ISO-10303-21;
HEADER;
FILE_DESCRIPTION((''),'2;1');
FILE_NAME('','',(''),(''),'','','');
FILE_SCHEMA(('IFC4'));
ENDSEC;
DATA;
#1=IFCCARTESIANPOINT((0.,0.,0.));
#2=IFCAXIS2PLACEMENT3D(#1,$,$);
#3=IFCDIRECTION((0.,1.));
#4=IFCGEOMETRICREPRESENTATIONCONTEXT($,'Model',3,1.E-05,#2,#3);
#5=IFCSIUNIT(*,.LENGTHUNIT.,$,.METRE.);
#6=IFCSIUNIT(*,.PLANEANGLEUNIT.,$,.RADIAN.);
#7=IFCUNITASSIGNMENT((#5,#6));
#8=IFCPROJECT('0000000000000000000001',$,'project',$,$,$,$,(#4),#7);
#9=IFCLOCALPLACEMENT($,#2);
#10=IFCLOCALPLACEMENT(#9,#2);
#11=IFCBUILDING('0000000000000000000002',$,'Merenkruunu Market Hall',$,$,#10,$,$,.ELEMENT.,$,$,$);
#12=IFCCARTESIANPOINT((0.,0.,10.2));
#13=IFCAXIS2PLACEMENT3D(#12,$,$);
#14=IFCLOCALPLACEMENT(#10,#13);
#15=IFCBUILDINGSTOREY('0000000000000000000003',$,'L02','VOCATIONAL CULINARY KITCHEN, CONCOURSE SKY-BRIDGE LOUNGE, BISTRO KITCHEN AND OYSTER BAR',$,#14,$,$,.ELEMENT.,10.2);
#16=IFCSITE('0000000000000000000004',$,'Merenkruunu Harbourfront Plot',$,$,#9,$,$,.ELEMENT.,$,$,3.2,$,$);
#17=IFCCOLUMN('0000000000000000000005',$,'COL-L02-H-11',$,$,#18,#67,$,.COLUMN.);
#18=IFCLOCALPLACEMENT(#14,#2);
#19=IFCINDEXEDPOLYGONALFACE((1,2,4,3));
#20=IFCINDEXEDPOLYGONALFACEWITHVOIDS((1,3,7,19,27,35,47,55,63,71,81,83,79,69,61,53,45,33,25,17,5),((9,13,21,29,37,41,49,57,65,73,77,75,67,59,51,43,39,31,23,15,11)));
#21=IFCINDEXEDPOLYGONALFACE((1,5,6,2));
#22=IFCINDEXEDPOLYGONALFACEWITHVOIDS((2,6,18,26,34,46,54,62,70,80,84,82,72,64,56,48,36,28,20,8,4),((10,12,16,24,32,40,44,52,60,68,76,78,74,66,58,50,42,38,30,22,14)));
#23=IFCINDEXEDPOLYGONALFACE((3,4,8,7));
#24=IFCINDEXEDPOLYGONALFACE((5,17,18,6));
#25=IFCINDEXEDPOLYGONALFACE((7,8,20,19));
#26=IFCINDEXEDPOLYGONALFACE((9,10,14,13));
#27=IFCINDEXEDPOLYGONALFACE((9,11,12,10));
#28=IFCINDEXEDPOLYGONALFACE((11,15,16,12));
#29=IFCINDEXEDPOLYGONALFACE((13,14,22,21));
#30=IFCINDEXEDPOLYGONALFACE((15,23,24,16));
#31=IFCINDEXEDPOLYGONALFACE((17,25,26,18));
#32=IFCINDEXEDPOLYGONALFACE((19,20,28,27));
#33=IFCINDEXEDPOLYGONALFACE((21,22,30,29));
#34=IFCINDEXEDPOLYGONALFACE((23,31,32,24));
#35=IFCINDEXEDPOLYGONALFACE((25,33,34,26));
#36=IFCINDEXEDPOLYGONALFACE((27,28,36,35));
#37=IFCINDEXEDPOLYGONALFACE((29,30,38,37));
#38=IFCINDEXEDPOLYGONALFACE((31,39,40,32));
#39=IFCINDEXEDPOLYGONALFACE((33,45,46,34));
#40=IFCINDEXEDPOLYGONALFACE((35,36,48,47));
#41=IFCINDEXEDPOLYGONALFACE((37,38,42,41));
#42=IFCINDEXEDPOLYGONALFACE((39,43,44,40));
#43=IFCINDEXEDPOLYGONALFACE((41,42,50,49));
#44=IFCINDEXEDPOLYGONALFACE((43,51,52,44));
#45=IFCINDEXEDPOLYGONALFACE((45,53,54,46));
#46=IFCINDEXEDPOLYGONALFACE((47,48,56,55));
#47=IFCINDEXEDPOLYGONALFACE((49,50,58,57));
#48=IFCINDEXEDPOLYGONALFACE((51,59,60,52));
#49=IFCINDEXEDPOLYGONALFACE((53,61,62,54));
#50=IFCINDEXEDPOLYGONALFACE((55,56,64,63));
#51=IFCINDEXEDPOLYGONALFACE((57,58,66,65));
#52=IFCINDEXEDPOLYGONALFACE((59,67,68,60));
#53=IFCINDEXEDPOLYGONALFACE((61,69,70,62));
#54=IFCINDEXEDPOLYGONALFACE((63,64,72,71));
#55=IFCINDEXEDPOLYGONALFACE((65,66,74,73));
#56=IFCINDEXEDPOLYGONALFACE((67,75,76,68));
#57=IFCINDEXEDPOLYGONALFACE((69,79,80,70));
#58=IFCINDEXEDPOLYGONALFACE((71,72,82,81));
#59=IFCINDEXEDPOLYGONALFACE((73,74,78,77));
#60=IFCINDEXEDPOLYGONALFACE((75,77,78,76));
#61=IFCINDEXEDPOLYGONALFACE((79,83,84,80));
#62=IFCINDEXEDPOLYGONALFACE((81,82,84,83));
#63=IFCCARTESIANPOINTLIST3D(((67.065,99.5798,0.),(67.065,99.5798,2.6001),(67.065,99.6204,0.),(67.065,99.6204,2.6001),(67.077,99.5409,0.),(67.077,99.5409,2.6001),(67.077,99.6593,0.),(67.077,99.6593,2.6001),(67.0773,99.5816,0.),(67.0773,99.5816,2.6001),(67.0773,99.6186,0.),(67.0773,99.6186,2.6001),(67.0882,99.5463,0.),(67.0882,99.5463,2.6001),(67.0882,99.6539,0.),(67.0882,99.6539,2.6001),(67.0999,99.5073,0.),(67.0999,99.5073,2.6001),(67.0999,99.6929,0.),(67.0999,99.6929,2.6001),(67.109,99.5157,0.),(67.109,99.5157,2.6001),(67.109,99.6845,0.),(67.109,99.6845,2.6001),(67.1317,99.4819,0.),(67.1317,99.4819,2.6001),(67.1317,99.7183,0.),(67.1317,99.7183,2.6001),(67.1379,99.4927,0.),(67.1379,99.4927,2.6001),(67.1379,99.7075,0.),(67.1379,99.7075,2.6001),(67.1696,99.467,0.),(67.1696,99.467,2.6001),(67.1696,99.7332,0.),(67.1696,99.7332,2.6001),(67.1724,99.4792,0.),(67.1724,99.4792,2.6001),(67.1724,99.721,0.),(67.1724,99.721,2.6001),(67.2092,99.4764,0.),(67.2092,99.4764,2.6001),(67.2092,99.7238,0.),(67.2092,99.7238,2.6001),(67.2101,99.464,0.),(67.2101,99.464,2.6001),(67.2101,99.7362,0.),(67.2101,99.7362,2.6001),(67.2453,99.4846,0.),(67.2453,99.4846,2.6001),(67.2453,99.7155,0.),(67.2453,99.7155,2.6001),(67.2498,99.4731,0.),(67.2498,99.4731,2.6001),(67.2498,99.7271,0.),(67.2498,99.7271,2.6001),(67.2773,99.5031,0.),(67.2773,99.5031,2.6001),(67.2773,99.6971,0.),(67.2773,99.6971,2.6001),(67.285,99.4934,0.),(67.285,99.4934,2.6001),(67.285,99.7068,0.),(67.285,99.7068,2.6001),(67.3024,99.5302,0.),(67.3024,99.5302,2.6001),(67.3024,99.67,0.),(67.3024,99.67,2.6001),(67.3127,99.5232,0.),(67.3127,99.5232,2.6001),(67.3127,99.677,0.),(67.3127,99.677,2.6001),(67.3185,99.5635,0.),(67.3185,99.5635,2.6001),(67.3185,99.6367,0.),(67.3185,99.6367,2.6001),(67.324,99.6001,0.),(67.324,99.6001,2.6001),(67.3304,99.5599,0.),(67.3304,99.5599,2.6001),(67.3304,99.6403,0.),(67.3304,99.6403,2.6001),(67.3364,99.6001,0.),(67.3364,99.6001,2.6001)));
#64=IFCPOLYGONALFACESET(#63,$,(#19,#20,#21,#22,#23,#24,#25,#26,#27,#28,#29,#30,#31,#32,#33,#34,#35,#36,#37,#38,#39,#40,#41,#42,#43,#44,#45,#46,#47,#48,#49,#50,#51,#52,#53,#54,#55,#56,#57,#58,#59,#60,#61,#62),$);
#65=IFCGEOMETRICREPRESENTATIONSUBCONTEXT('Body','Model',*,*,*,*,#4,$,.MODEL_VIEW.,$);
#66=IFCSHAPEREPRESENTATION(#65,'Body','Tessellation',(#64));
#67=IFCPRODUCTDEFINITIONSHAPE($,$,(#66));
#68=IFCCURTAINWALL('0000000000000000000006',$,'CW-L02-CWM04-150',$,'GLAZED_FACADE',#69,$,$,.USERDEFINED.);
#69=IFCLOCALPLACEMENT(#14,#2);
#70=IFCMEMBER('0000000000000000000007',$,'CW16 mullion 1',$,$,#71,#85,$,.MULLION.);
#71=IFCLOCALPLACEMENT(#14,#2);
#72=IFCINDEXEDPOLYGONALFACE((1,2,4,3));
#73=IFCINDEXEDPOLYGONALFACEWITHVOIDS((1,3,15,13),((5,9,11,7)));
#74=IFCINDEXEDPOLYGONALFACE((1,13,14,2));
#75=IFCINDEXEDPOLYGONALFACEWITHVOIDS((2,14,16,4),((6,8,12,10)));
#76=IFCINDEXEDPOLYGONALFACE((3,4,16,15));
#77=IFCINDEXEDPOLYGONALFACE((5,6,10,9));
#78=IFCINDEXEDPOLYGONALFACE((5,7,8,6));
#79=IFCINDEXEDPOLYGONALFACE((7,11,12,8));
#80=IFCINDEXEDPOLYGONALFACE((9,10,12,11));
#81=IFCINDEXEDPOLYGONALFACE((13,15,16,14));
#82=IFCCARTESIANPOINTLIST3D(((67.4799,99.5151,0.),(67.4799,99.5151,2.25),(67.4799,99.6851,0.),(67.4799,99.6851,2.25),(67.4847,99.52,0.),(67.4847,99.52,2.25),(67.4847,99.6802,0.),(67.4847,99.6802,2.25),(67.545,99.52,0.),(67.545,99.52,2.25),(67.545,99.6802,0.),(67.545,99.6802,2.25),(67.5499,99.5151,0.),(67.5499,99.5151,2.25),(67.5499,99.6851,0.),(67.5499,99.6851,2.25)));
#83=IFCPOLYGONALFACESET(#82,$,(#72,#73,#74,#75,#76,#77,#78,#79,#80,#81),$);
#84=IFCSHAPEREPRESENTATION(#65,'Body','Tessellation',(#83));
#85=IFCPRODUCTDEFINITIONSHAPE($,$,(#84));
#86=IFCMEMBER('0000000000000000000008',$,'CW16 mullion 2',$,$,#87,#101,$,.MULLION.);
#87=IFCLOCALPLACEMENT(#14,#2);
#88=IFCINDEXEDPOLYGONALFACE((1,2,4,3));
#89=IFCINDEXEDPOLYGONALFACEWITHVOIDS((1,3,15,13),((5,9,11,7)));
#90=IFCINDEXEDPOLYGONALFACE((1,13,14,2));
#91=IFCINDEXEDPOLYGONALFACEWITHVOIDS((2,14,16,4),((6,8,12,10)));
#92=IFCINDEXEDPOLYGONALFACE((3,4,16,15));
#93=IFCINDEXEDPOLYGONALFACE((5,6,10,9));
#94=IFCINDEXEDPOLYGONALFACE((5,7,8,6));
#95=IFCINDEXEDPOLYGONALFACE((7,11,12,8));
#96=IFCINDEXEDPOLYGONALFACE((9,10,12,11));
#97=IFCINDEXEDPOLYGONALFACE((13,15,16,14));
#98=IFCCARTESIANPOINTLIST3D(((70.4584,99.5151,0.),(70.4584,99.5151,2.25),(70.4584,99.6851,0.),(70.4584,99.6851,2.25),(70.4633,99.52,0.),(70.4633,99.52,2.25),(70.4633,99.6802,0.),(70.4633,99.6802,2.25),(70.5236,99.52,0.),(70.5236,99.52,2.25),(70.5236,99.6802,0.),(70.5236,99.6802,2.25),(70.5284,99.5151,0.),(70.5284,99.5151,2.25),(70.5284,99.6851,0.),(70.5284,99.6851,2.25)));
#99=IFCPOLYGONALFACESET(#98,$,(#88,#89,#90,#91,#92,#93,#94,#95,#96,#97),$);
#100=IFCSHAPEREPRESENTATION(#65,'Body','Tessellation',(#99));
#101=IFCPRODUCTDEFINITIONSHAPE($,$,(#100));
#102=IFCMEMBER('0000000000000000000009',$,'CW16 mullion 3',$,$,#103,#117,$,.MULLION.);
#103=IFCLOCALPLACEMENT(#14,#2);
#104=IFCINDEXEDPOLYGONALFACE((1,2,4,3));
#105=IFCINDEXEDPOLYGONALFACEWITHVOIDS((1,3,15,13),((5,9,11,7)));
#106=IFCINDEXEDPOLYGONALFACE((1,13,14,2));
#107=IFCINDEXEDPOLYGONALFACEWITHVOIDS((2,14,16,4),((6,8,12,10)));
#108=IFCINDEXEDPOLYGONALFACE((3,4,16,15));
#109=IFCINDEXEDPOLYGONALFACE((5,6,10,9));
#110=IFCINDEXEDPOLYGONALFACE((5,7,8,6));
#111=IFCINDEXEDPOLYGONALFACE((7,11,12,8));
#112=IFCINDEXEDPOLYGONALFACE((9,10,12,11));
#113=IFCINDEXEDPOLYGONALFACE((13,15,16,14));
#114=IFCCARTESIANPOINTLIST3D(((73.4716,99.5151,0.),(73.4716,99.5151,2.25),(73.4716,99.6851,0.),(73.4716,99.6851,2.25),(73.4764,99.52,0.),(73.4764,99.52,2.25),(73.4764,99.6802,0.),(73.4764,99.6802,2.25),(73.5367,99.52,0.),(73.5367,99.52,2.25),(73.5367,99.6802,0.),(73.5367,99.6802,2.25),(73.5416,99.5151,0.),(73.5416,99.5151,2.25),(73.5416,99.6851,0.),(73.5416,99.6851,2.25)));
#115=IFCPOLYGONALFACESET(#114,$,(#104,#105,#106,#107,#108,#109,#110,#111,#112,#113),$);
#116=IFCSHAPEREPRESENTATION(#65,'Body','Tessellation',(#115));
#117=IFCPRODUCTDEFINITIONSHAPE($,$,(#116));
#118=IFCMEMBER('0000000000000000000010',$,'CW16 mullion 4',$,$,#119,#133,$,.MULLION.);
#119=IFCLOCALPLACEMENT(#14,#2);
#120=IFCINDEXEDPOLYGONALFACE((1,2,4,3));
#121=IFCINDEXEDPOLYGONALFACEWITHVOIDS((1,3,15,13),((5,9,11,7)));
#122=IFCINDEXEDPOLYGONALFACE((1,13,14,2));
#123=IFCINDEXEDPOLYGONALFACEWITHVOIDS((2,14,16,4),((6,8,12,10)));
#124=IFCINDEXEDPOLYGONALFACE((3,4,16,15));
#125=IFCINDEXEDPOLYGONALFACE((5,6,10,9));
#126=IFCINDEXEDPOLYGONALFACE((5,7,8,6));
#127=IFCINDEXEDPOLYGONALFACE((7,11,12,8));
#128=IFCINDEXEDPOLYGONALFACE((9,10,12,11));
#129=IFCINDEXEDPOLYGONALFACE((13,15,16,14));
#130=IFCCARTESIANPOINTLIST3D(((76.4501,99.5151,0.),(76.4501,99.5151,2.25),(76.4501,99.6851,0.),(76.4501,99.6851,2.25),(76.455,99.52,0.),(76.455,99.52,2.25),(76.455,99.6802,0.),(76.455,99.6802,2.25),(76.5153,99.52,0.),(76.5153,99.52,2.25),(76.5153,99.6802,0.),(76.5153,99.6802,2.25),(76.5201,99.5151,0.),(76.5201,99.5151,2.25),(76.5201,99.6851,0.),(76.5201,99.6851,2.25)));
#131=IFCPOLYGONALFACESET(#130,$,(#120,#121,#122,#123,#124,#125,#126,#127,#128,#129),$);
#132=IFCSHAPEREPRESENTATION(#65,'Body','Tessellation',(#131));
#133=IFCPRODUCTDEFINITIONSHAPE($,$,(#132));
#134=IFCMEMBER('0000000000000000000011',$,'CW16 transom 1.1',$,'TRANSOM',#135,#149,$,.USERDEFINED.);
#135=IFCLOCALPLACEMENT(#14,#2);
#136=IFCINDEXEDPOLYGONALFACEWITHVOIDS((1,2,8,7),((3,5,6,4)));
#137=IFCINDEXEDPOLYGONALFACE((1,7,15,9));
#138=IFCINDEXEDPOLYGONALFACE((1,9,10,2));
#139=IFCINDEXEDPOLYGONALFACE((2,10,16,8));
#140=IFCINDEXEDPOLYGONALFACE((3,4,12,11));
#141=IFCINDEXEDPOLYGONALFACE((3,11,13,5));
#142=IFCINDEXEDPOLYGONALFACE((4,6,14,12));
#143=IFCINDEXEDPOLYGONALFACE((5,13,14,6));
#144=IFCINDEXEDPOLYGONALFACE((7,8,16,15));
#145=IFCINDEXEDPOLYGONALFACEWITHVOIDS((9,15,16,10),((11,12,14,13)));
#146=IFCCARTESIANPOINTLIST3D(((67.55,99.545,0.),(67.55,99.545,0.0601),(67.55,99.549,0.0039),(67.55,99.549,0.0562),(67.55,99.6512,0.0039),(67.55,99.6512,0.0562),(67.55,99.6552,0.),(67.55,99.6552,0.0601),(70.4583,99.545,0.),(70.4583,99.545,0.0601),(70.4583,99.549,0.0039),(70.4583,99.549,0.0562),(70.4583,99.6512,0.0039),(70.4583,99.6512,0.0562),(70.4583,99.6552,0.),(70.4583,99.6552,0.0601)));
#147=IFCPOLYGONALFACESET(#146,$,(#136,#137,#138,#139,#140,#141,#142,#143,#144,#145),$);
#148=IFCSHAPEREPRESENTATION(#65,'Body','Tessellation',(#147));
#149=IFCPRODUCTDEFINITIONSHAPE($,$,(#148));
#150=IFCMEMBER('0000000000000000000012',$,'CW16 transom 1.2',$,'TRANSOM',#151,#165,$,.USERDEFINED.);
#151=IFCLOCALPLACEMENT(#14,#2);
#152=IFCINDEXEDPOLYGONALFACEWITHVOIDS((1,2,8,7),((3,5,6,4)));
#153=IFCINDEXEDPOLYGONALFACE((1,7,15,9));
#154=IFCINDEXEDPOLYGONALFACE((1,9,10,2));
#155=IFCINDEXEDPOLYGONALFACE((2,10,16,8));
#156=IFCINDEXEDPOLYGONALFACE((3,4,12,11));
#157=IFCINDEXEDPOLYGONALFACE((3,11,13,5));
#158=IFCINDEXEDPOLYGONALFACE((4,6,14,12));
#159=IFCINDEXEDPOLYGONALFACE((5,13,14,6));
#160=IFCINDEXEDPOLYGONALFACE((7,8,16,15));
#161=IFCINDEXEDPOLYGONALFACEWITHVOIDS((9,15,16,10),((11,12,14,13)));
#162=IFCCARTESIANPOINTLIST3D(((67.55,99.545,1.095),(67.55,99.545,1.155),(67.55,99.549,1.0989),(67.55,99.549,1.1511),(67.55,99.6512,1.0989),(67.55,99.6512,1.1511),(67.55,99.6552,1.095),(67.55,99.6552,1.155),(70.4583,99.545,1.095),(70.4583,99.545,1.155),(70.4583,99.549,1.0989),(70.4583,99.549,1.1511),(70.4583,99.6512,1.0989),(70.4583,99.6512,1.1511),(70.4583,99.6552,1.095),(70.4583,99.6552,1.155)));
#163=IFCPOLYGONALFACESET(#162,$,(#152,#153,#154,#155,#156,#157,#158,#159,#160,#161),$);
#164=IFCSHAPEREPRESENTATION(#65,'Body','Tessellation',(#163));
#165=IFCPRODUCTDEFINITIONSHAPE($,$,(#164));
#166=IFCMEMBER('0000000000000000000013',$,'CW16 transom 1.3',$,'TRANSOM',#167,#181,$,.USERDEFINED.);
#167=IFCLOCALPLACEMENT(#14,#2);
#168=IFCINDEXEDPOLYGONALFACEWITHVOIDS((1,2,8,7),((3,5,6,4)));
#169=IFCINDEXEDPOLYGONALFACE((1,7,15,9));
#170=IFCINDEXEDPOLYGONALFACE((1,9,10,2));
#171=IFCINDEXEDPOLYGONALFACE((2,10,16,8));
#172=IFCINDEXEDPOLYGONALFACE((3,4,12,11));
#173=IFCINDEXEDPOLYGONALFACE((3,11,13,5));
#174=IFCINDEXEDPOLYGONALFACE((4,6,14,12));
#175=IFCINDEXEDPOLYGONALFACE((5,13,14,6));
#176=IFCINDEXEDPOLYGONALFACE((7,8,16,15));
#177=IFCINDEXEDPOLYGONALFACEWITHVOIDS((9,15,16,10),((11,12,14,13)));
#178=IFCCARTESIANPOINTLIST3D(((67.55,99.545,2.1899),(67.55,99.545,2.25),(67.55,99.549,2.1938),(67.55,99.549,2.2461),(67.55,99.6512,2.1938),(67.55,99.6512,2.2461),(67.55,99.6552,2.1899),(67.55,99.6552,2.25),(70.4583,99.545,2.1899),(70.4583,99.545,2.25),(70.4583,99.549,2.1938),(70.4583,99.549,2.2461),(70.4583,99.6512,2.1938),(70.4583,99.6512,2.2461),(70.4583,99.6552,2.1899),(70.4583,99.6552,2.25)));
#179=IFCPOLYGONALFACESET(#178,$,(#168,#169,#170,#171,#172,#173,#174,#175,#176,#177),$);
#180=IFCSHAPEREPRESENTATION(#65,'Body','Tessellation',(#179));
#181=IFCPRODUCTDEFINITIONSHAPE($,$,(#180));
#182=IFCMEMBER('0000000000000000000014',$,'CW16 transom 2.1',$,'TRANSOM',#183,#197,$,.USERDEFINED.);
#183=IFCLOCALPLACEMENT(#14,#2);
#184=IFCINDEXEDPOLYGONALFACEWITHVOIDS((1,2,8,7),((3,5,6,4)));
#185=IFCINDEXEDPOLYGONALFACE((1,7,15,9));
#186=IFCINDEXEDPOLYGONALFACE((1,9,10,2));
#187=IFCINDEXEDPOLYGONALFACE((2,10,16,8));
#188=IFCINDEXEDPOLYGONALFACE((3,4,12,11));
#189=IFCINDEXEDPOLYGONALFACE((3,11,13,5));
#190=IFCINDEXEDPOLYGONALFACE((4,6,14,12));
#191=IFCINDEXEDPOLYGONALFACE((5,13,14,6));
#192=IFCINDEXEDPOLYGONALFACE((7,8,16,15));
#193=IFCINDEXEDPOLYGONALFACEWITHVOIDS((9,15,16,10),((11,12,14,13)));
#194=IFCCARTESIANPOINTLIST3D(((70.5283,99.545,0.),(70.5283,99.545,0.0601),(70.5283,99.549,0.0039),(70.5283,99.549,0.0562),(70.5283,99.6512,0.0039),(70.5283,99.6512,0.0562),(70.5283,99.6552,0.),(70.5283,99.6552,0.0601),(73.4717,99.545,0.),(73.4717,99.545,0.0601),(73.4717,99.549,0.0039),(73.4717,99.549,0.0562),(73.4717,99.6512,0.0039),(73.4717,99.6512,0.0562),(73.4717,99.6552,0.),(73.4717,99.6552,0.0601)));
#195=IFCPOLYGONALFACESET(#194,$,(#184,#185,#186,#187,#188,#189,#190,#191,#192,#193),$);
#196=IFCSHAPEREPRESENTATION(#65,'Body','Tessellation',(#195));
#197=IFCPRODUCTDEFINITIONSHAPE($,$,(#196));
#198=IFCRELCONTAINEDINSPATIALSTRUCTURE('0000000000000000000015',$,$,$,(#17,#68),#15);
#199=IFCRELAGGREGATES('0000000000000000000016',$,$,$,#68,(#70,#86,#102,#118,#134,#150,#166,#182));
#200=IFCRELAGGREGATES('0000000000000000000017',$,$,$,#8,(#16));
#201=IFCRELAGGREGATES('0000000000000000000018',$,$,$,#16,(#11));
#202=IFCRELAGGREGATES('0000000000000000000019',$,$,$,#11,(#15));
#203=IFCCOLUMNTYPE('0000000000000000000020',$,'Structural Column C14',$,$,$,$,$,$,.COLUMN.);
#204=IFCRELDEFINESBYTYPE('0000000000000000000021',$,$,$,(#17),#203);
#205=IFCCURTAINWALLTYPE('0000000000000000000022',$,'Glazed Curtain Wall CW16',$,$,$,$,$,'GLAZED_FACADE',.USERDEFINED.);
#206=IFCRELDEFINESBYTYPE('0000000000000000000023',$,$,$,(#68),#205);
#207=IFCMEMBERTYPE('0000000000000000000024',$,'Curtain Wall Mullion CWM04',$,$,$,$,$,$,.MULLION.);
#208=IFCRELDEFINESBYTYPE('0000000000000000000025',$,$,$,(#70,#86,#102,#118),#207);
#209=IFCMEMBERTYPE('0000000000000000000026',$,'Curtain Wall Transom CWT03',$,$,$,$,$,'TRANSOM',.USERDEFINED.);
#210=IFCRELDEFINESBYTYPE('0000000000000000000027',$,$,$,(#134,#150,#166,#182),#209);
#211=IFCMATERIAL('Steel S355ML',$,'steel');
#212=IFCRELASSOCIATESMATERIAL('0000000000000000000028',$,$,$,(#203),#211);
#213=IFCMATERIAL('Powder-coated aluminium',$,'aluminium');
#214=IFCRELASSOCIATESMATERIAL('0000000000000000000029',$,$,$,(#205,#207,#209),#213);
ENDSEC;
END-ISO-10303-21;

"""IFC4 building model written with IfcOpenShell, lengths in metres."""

from ifc_helpers import new_model, si_unit, direction, frame, origin, origin_2d, place, context, subcontext, project, spatial, hollow_rectangle, hollow_circle, extrude, material, material_profile, profile_set, type_object, element, aggregate, save


model = new_model("IFC4")

# Units and contexts
model_context = context("Model", 3, precision=1e-05, world=origin(), true_north=direction((0.0, 1.0)))
body_context = subcontext(model_context, "Body", "Model", "MODEL_VIEW")
ifc_project = project(units=[si_unit("LENGTHUNIT", "METRE"), si_unit("PLANEANGLEUNIT", "RADIAN")], contexts=[model_context])

# Site, building, storey
site_placement = place(None, origin())
site = spatial("IfcSite", under=ifc_project, at=site_placement, Name="Merenkruunu Harbourfront Plot", CompositionType="ELEMENT", RefElevation=3.2)
building_placement = place(site_placement, origin())
building = spatial("IfcBuilding", under=site, at=building_placement, Name="Merenkruunu Market Hall", CompositionType="ELEMENT")
storey_placement = place(building_placement, frame((0.0, 0.0, 10.2)))
storey = spatial("IfcBuildingStorey", under=building, at=storey_placement, Name="L02", Description="VOCATIONAL CULINARY KITCHEN, CONCOURSE SKY-BRIDGE LOUNGE, BISTRO KITCHEN AND OYSTER BAR", CompositionType="ELEMENT", Elevation=10.2)

# Column
ifc_material_1 = material(Name="Steel S355ML", Category="steel")
ifc_material_profile_1 = material_profile(ifc_material_1, hollow_circle(Radius=0.1365, WallThickness=0.0125, at=origin_2d()), Name="CHS 273x12.5")
ifc_profile_set_1 = profile_set([ifc_material_profile_1], Name="Steel S355ML")
column_type = type_object("IfcColumnType", Name="Structural Column C14", PredefinedType="COLUMN", material=ifc_profile_set_1)
column_placement = place(storey_placement, frame((67.2, 99.6001, 0.0), z_axis=(0.0, 0.0, 1.0), x_axis=(1.0, 0.0, 0.0)))
element("IfcColumn", 1, at=column_placement, inside=storey, type_object=column_type, Name="COL-L02-H-11", PredefinedType="COLUMN", context=body_context, shape_type="SweptSolid", body=[
    extrude(hollow_circle(Radius=0.1365, WallThickness=0.0125, at=origin_2d()), origin(), (0.0, 0.0, 1.0), 2.6001),
])

# Curtain wall, members
ifc_material_2 = material(Name="Powder-coated aluminium", Category="aluminium")
curtain_wall_type = type_object("IfcCurtainWallType", Name="Glazed Curtain Wall CW16", ElementType="GLAZED_FACADE", PredefinedType="USERDEFINED", material=ifc_material_2)
curtain_wall_placement = place(storey_placement, origin())
curtain_wall = element("IfcCurtainWall", 2, at=curtain_wall_placement, inside=storey, type_object=curtain_wall_type, Name="CW-L02-CWM04-150", ObjectType="GLAZED_FACADE", PredefinedType="USERDEFINED")
ifc_material_profile_2 = material_profile(ifc_material_2, hollow_rectangle(XDim=0.0701, YDim=0.1699, WallThickness=0.0049, at=origin_2d()), Name="ALU 70x170x5")
ifc_profile_set_2 = profile_set([ifc_material_profile_2], Name="Powder-coated aluminium")
member_type_1 = type_object("IfcMemberType", Name="Curtain Wall Mullion CWM04", PredefinedType="MULLION", material=ifc_profile_set_2)
member_1_placement = place(storey_placement, frame((67.5149, 99.6001, 0.0), z_axis=(0.0, 0.0, 1.0), x_axis=(1.0, 0.0, 0.0)))
member_1 = element("IfcMember", 3, at=member_1_placement, type_object=member_type_1, Name="CW16 mullion 1", PredefinedType="MULLION", context=body_context, shape_type="SweptSolid", body=[
    extrude(hollow_rectangle(XDim=0.0701, YDim=0.1699, WallThickness=0.0049, at=origin_2d()), origin(), (0.0, 0.0, 1.0), 2.25),
])
member_2_placement = place(storey_placement, frame((70.4934, 99.6001, 0.0), z_axis=(0.0, 0.0, 1.0), x_axis=(1.0, 0.0, 0.0)))
member_2 = element("IfcMember", 4, at=member_2_placement, type_object=member_type_1, Name="CW16 mullion 2", PredefinedType="MULLION", context=body_context, shape_type="SweptSolid", body=[
    extrude(hollow_rectangle(XDim=0.0701, YDim=0.1699, WallThickness=0.0049, at=origin_2d()), origin(), (0.0, 0.0, 1.0), 2.25),
])
member_3_placement = place(storey_placement, frame((73.5066, 99.6001, 0.0), z_axis=(0.0, 0.0, 1.0), x_axis=(1.0, 0.0, 0.0)))
member_3 = element("IfcMember", 5, at=member_3_placement, type_object=member_type_1, Name="CW16 mullion 3", PredefinedType="MULLION", context=body_context, shape_type="SweptSolid", body=[
    extrude(hollow_rectangle(XDim=0.0701, YDim=0.1699, WallThickness=0.0049, at=origin_2d()), origin(), (0.0, 0.0, 1.0), 2.25),
])
member_4_placement = place(storey_placement, frame((76.4851, 99.6001, 0.0), z_axis=(0.0, 0.0, 1.0), x_axis=(1.0, 0.0, 0.0)))
member_4 = element("IfcMember", 6, at=member_4_placement, type_object=member_type_1, Name="CW16 mullion 4", PredefinedType="MULLION", context=body_context, shape_type="SweptSolid", body=[
    extrude(hollow_rectangle(XDim=0.0701, YDim=0.1699, WallThickness=0.0049, at=origin_2d()), origin(), (0.0, 0.0, 1.0), 2.25),
])
ifc_material_profile_3 = material_profile(ifc_material_2, hollow_rectangle(XDim=0.0601, YDim=0.1101, WallThickness=0.0039, at=origin_2d()), Name="ALU 60x110x4")
ifc_profile_set_3 = profile_set([ifc_material_profile_3], Name="Powder-coated aluminium")
member_type_2 = type_object("IfcMemberType", Name="Curtain Wall Transom CWT03", ElementType="TRANSOM", PredefinedType="USERDEFINED", material=ifc_profile_set_3)
member_5_placement = place(storey_placement, frame((67.55, 99.6001, 0.03), z_axis=(1.0, 0.0, 0.0), x_axis=(0.0, 0.0, 1.0)))
member_5 = element("IfcMember", 7, at=member_5_placement, type_object=member_type_2, Name="CW16 transom 1.1", ObjectType="TRANSOM", PredefinedType="USERDEFINED", context=body_context, shape_type="SweptSolid", body=[
    extrude(hollow_rectangle(XDim=0.0601, YDim=0.1101, WallThickness=0.0039, at=origin_2d()), origin(), (0.0, 0.0, 1.0), 2.9082),
])
member_6_placement = place(storey_placement, frame((67.55, 99.6001, 1.125), z_axis=(1.0, 0.0, 0.0), x_axis=(0.0, 0.0, 1.0)))
member_6 = element("IfcMember", 8, at=member_6_placement, type_object=member_type_2, Name="CW16 transom 1.2", ObjectType="TRANSOM", PredefinedType="USERDEFINED", context=body_context, shape_type="SweptSolid", body=[
    extrude(hollow_rectangle(XDim=0.0601, YDim=0.1101, WallThickness=0.0039, at=origin_2d()), origin(), (0.0, 0.0, 1.0), 2.9082),
])
member_7_placement = place(storey_placement, frame((67.55, 99.6001, 2.22), z_axis=(1.0, 0.0, 0.0), x_axis=(0.0, 0.0, 1.0)))
member_7 = element("IfcMember", 9, at=member_7_placement, type_object=member_type_2, Name="CW16 transom 1.3", ObjectType="TRANSOM", PredefinedType="USERDEFINED", context=body_context, shape_type="SweptSolid", body=[
    extrude(hollow_rectangle(XDim=0.0601, YDim=0.1101, WallThickness=0.0039, at=origin_2d()), origin(), (0.0, 0.0, 1.0), 2.9082),
])
member_8_placement = place(storey_placement, frame((70.5283, 99.6001, 0.03), z_axis=(1.0, 0.0, 0.0), x_axis=(0.0, 0.0, 1.0)))
member_8 = element("IfcMember", 10, at=member_8_placement, type_object=member_type_2, Name="CW16 transom 2.1", ObjectType="TRANSOM", PredefinedType="USERDEFINED", context=body_context, shape_type="SweptSolid", body=[
    extrude(hollow_rectangle(XDim=0.0601, YDim=0.1101, WallThickness=0.0039, at=origin_2d()), origin(), (0.0, 0.0, 1.0), 2.9434),
])

aggregate(curtain_wall, [member_1, member_2, member_3, member_4, member_5, member_6, member_7, member_8])

save(model, "model.ifc")
